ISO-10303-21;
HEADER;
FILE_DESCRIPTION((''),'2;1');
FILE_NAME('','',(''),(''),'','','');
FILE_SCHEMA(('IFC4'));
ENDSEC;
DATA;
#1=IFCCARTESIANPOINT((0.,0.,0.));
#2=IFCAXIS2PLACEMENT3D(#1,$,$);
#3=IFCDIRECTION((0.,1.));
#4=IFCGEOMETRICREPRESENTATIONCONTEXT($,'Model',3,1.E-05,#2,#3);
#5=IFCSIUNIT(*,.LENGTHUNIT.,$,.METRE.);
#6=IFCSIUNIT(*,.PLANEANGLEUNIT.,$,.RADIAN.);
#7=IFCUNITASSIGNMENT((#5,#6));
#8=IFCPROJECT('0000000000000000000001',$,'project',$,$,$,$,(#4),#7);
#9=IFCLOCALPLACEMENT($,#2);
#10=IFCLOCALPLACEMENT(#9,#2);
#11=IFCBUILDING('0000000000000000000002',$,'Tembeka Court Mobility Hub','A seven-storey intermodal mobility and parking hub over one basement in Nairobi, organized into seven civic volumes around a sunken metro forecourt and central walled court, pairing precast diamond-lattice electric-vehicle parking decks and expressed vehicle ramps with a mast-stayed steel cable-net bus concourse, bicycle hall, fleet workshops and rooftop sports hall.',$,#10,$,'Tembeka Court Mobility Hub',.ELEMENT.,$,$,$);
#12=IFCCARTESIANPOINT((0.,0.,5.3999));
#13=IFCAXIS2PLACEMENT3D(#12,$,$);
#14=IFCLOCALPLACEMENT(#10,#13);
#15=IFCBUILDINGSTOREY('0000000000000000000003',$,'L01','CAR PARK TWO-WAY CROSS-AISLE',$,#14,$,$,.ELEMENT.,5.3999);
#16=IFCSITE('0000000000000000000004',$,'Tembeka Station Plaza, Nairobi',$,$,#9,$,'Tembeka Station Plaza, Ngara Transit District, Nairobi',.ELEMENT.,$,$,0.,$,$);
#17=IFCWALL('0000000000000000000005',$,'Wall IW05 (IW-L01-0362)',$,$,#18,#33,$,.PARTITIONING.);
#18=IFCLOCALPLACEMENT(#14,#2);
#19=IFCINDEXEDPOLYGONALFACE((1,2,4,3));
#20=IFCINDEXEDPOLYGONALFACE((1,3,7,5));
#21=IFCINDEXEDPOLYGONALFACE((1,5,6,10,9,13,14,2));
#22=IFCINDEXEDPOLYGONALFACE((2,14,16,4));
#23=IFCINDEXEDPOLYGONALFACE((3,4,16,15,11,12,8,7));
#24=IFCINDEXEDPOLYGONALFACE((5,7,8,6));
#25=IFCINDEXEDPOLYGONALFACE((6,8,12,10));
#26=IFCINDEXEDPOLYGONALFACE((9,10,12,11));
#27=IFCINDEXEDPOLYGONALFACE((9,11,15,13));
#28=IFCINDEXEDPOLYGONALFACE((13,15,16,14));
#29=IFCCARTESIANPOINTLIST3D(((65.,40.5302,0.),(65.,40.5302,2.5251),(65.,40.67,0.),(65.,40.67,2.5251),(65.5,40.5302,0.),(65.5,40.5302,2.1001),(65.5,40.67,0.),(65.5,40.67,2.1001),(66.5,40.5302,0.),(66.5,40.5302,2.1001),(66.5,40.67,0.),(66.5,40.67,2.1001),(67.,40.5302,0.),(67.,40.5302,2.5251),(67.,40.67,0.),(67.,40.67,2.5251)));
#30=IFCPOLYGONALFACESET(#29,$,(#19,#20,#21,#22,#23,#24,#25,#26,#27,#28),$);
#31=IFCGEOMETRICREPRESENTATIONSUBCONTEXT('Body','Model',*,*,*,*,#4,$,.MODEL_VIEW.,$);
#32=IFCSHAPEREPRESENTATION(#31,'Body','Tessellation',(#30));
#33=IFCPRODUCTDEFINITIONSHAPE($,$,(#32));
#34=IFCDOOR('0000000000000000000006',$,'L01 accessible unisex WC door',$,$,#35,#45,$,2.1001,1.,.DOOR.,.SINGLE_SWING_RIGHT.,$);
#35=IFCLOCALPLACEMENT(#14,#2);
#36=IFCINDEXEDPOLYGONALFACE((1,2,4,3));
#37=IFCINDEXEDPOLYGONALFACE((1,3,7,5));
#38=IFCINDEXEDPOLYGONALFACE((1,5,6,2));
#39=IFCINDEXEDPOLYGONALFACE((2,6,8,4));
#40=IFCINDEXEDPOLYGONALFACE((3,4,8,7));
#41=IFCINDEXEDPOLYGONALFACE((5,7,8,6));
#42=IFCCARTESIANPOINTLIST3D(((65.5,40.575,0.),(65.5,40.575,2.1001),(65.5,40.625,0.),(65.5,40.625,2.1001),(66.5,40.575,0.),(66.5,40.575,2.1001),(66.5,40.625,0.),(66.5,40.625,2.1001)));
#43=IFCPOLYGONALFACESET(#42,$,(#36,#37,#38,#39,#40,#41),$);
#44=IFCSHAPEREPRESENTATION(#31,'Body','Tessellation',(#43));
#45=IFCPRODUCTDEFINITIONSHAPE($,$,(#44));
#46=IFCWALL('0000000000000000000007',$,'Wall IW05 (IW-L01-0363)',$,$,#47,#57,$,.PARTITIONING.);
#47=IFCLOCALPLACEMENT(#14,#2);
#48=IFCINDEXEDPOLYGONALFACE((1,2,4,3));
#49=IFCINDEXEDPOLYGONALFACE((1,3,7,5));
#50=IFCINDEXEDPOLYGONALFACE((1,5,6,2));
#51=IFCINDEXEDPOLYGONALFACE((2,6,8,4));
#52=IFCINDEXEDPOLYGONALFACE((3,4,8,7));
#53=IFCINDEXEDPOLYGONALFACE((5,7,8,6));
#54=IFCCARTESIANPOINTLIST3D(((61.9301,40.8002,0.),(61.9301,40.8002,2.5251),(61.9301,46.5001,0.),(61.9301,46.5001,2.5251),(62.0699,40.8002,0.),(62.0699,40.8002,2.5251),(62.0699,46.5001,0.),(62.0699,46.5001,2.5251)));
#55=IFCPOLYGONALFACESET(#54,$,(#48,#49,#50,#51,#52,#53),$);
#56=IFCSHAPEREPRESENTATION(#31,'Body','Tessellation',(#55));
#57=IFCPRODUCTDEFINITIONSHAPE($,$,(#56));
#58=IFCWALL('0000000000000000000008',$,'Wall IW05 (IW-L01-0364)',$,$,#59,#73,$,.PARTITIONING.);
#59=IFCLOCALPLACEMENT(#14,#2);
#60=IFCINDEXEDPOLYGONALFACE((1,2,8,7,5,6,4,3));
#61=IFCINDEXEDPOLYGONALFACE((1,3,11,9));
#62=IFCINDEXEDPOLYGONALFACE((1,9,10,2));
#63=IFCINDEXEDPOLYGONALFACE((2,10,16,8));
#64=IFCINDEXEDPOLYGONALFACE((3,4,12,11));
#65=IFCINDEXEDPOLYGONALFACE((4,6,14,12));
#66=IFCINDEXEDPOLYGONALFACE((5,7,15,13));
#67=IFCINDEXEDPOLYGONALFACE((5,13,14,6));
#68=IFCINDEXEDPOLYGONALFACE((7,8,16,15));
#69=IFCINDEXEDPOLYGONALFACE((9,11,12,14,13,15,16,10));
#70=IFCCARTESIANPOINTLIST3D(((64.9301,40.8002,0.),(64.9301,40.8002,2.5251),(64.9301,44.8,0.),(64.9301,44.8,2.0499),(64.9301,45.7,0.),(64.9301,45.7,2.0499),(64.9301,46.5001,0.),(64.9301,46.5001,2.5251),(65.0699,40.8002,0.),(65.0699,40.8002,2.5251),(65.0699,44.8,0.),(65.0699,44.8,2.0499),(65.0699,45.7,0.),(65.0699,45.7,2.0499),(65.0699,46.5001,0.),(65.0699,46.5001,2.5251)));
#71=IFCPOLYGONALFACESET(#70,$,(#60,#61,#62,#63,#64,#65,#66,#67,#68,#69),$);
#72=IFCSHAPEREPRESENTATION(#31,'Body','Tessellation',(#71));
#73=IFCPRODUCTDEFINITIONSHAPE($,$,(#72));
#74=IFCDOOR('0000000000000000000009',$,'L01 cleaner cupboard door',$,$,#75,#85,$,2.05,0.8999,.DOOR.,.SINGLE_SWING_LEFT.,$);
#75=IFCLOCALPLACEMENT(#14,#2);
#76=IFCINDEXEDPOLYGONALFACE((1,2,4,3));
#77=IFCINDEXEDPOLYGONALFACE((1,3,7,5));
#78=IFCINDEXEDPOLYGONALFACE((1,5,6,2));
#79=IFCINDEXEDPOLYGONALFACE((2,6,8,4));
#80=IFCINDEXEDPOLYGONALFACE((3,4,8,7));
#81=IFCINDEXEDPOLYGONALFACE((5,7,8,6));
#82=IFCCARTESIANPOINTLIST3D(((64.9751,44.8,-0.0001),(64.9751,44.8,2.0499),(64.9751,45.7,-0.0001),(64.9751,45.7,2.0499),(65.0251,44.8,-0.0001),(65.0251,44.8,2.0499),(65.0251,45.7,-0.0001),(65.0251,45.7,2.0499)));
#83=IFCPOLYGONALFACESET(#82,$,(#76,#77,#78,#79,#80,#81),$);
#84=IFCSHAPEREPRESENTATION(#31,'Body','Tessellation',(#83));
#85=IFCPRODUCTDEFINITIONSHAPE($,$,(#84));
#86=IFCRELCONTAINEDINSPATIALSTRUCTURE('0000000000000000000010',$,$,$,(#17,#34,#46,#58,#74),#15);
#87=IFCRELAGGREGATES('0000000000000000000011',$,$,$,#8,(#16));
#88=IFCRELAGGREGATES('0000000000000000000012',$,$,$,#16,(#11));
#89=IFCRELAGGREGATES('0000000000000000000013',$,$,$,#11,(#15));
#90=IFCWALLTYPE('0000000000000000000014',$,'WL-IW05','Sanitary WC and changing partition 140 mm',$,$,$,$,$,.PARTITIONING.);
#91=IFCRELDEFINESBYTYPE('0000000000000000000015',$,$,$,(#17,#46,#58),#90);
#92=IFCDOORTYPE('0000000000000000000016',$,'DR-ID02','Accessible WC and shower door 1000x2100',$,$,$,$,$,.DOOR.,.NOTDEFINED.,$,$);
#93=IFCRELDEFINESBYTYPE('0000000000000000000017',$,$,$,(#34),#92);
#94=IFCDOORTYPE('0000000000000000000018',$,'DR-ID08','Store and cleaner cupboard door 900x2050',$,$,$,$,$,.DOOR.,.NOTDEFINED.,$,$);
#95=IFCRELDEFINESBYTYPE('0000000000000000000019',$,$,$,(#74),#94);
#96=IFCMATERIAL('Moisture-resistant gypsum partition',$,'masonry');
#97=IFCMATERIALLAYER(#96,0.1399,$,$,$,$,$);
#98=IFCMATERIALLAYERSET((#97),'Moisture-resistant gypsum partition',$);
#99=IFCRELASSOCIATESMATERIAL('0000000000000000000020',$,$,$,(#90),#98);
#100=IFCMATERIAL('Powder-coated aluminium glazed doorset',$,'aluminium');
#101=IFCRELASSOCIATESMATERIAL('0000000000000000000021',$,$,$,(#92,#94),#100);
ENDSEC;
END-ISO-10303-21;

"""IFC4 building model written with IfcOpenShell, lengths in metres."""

from ifc_helpers import new_model, si_unit, direction, frame, frame_2d, origin, place, context, subcontext, project, spatial, rectangle, extrude, material, layer, layer_set, type_object, element, fill, save


model = new_model("IFC4")

# Units and contexts
model_context = context("Model", 3, precision=1e-05, world=origin(), true_north=direction((0.0, 1.0)))
body_context = subcontext(model_context, "Body", "Model", "MODEL_VIEW")
ifc_project = project(units=[si_unit("LENGTHUNIT", "METRE"), si_unit("PLANEANGLEUNIT", "RADIAN")], contexts=[model_context])

# Site, building, storey
site_placement = place(None, origin())
site = spatial("IfcSite", under=ifc_project, at=site_placement, Name="Tembeka Station Plaza, Nairobi", LongName="Tembeka Station Plaza, Ngara Transit District, Nairobi", CompositionType="ELEMENT", RefElevation=0.0)
building_placement = place(site_placement, origin())
building = spatial("IfcBuilding", under=site, at=building_placement, Name="Tembeka Court Mobility Hub", Description="A seven-storey intermodal mobility and parking hub over one basement in Nairobi, organized into seven civic volumes around a sunken metro forecourt and central walled court, pairing precast diamond-lattice electric-vehicle parking decks and expressed vehicle ramps with a mast-stayed steel cable-net bus concourse, bicycle hall, fleet workshops and rooftop sports hall.", LongName="Tembeka Court Mobility Hub", CompositionType="ELEMENT")
storey_placement = place(building_placement, frame((0.0, 0.0, 5.3999)))
storey = spatial("IfcBuildingStorey", under=building, at=storey_placement, Name="L01", Description="CAR PARK TWO-WAY CROSS-AISLE", CompositionType="ELEMENT", Elevation=5.3999)

# Wall, opening, door
ifc_material_1 = material(Name="Moisture-resistant gypsum partition", Category="masonry")
ifc_layer_1 = layer(ifc_material_1, 0.1399)
ifc_layer_set_1 = layer_set([ifc_layer_1], Name="Moisture-resistant gypsum partition")
wall_type_1 = type_object("IfcWallType", Name="WL-IW05", Description="Sanitary WC and changing partition 140 mm", PredefinedType="PARTITIONING", material=ifc_layer_set_1)
ifc_material_2 = material(Name="Powder-coated aluminium glazed doorset", Category="aluminium")
door_type_1 = type_object("IfcDoorType", Name="DR-ID02", Description="Accessible WC and shower door 1000x2100", OperationType="NOTDEFINED", PredefinedType="DOOR", material=ifc_material_2)
wall_1_placement = place(storey_placement, frame((65.0, 40.6001, 0.0), z_axis=(0.0, 0.0, 1.0), x_axis=(1.0, 0.0, 0.0)))
wall_1 = element("IfcWall", 1, at=wall_1_placement, inside=storey, type_object=wall_type_1, Name="Wall IW05 (IW-L01-0362)", PredefinedType="PARTITIONING", context=body_context, shape_type="SweptSolid", body=[
    extrude(rectangle(XDim=2.0, YDim=0.1399, at=frame_2d((1.0, 0.0))), origin(), (0.0, 0.0, 1.0), 2.5251),
])
opening_1_placement = place(wall_1_placement, frame((0.5, 0.0, 0.0)))
opening_1 = element("IfcOpeningElement", 2, at=opening_1_placement, cuts=wall_1, PredefinedType="OPENING", context=body_context, shape_type="SweptSolid", body=[
    extrude(rectangle(XDim=1.0, YDim=2.1001, at=frame_2d((0.5, 1.05))), frame((0.0, 0.0801, 0.0), z_axis=(0.0, -1.0, 0.0), x_axis=(1.0, 0.0, 0.0)), (0.0, 0.0, 1.0), 0.1599),
])
door_1_placement = place(opening_1_placement, origin())
door_1 = element("IfcDoor", 3, at=door_1_placement, inside=storey, type_object=door_type_1, Name="L01 accessible unisex WC door", OperationType="SINGLE_SWING_RIGHT", OverallHeight=2.1001, OverallWidth=1.0, PredefinedType="DOOR", context=body_context, shape_type="SweptSolid", body=[
    extrude(rectangle(XDim=1.0, YDim=2.1001, at=frame_2d((0.5, 1.05))), frame((0.0, 0.0249, 0.0), z_axis=(0.0, -1.0, 0.0), x_axis=(1.0, 0.0, 0.0)), (0.0, 0.0, 1.0), 0.05),
])
fill(opening_1, door_1)

# Wall
wall_2_placement = place(storey_placement, frame((62.0, 40.8, 0.0), z_axis=(0.0, 0.0, 1.0), x_axis=(0.0, 1.0, 0.0)))
element("IfcWall", 4, at=wall_2_placement, inside=storey, type_object=wall_type_1, Name="Wall IW05 (IW-L01-0363)", PredefinedType="PARTITIONING", context=body_context, shape_type="SweptSolid", body=[
    extrude(rectangle(XDim=5.7, YDim=0.1399, at=frame_2d((2.8501, 0.0))), origin(), (0.0, 0.0, 1.0), 2.5251),
])

# Wall, opening, door
wall_3_placement = place(storey_placement, frame((65.0, 40.8, 0.0), z_axis=(0.0, 0.0, 1.0), x_axis=(0.0, 1.0, 0.0)))
wall_3 = element("IfcWall", 5, at=wall_3_placement, inside=storey, type_object=wall_type_1, Name="Wall IW05 (IW-L01-0364)", PredefinedType="PARTITIONING", context=body_context, shape_type="SweptSolid", body=[
    extrude(rectangle(XDim=5.7, YDim=0.1399, at=frame_2d((2.8501, 0.0))), origin(), (0.0, 0.0, 1.0), 2.5251),
])
opening_2_placement = place(wall_3_placement, frame((4.0, 0.0, 0.0)))
opening_2 = element("IfcOpeningElement", 6, at=opening_2_placement, cuts=wall_3, PredefinedType="OPENING", context=body_context, shape_type="SweptSolid", body=[
    extrude(rectangle(XDim=0.8999, YDim=2.05, at=frame_2d((0.45, 1.0249))), frame((0.0, 0.0801, 0.0), z_axis=(0.0, -1.0, 0.0), x_axis=(1.0, 0.0, 0.0)), (0.0, 0.0, 1.0), 0.1599),
])
door_type_2 = type_object("IfcDoorType", Name="DR-ID08", Description="Store and cleaner cupboard door 900x2050", OperationType="NOTDEFINED", PredefinedType="DOOR", material=ifc_material_2)
door_2_placement = place(opening_2_placement, origin())
door_2 = element("IfcDoor", 7, at=door_2_placement, inside=storey, type_object=door_type_2, Name="L01 cleaner cupboard door", OperationType="SINGLE_SWING_LEFT", OverallHeight=2.05, OverallWidth=0.8999, PredefinedType="DOOR", context=body_context, shape_type="SweptSolid", body=[
    extrude(rectangle(XDim=0.8999, YDim=2.05, at=frame_2d((0.45, 1.0249))), frame((0.0, 0.0249, 0.0), z_axis=(0.0, -1.0, 0.0), x_axis=(1.0, 0.0, 0.0)), (0.0, 0.0, 1.0), 0.05),
])
fill(opening_2, door_2)

save(model, "model.ifc")
